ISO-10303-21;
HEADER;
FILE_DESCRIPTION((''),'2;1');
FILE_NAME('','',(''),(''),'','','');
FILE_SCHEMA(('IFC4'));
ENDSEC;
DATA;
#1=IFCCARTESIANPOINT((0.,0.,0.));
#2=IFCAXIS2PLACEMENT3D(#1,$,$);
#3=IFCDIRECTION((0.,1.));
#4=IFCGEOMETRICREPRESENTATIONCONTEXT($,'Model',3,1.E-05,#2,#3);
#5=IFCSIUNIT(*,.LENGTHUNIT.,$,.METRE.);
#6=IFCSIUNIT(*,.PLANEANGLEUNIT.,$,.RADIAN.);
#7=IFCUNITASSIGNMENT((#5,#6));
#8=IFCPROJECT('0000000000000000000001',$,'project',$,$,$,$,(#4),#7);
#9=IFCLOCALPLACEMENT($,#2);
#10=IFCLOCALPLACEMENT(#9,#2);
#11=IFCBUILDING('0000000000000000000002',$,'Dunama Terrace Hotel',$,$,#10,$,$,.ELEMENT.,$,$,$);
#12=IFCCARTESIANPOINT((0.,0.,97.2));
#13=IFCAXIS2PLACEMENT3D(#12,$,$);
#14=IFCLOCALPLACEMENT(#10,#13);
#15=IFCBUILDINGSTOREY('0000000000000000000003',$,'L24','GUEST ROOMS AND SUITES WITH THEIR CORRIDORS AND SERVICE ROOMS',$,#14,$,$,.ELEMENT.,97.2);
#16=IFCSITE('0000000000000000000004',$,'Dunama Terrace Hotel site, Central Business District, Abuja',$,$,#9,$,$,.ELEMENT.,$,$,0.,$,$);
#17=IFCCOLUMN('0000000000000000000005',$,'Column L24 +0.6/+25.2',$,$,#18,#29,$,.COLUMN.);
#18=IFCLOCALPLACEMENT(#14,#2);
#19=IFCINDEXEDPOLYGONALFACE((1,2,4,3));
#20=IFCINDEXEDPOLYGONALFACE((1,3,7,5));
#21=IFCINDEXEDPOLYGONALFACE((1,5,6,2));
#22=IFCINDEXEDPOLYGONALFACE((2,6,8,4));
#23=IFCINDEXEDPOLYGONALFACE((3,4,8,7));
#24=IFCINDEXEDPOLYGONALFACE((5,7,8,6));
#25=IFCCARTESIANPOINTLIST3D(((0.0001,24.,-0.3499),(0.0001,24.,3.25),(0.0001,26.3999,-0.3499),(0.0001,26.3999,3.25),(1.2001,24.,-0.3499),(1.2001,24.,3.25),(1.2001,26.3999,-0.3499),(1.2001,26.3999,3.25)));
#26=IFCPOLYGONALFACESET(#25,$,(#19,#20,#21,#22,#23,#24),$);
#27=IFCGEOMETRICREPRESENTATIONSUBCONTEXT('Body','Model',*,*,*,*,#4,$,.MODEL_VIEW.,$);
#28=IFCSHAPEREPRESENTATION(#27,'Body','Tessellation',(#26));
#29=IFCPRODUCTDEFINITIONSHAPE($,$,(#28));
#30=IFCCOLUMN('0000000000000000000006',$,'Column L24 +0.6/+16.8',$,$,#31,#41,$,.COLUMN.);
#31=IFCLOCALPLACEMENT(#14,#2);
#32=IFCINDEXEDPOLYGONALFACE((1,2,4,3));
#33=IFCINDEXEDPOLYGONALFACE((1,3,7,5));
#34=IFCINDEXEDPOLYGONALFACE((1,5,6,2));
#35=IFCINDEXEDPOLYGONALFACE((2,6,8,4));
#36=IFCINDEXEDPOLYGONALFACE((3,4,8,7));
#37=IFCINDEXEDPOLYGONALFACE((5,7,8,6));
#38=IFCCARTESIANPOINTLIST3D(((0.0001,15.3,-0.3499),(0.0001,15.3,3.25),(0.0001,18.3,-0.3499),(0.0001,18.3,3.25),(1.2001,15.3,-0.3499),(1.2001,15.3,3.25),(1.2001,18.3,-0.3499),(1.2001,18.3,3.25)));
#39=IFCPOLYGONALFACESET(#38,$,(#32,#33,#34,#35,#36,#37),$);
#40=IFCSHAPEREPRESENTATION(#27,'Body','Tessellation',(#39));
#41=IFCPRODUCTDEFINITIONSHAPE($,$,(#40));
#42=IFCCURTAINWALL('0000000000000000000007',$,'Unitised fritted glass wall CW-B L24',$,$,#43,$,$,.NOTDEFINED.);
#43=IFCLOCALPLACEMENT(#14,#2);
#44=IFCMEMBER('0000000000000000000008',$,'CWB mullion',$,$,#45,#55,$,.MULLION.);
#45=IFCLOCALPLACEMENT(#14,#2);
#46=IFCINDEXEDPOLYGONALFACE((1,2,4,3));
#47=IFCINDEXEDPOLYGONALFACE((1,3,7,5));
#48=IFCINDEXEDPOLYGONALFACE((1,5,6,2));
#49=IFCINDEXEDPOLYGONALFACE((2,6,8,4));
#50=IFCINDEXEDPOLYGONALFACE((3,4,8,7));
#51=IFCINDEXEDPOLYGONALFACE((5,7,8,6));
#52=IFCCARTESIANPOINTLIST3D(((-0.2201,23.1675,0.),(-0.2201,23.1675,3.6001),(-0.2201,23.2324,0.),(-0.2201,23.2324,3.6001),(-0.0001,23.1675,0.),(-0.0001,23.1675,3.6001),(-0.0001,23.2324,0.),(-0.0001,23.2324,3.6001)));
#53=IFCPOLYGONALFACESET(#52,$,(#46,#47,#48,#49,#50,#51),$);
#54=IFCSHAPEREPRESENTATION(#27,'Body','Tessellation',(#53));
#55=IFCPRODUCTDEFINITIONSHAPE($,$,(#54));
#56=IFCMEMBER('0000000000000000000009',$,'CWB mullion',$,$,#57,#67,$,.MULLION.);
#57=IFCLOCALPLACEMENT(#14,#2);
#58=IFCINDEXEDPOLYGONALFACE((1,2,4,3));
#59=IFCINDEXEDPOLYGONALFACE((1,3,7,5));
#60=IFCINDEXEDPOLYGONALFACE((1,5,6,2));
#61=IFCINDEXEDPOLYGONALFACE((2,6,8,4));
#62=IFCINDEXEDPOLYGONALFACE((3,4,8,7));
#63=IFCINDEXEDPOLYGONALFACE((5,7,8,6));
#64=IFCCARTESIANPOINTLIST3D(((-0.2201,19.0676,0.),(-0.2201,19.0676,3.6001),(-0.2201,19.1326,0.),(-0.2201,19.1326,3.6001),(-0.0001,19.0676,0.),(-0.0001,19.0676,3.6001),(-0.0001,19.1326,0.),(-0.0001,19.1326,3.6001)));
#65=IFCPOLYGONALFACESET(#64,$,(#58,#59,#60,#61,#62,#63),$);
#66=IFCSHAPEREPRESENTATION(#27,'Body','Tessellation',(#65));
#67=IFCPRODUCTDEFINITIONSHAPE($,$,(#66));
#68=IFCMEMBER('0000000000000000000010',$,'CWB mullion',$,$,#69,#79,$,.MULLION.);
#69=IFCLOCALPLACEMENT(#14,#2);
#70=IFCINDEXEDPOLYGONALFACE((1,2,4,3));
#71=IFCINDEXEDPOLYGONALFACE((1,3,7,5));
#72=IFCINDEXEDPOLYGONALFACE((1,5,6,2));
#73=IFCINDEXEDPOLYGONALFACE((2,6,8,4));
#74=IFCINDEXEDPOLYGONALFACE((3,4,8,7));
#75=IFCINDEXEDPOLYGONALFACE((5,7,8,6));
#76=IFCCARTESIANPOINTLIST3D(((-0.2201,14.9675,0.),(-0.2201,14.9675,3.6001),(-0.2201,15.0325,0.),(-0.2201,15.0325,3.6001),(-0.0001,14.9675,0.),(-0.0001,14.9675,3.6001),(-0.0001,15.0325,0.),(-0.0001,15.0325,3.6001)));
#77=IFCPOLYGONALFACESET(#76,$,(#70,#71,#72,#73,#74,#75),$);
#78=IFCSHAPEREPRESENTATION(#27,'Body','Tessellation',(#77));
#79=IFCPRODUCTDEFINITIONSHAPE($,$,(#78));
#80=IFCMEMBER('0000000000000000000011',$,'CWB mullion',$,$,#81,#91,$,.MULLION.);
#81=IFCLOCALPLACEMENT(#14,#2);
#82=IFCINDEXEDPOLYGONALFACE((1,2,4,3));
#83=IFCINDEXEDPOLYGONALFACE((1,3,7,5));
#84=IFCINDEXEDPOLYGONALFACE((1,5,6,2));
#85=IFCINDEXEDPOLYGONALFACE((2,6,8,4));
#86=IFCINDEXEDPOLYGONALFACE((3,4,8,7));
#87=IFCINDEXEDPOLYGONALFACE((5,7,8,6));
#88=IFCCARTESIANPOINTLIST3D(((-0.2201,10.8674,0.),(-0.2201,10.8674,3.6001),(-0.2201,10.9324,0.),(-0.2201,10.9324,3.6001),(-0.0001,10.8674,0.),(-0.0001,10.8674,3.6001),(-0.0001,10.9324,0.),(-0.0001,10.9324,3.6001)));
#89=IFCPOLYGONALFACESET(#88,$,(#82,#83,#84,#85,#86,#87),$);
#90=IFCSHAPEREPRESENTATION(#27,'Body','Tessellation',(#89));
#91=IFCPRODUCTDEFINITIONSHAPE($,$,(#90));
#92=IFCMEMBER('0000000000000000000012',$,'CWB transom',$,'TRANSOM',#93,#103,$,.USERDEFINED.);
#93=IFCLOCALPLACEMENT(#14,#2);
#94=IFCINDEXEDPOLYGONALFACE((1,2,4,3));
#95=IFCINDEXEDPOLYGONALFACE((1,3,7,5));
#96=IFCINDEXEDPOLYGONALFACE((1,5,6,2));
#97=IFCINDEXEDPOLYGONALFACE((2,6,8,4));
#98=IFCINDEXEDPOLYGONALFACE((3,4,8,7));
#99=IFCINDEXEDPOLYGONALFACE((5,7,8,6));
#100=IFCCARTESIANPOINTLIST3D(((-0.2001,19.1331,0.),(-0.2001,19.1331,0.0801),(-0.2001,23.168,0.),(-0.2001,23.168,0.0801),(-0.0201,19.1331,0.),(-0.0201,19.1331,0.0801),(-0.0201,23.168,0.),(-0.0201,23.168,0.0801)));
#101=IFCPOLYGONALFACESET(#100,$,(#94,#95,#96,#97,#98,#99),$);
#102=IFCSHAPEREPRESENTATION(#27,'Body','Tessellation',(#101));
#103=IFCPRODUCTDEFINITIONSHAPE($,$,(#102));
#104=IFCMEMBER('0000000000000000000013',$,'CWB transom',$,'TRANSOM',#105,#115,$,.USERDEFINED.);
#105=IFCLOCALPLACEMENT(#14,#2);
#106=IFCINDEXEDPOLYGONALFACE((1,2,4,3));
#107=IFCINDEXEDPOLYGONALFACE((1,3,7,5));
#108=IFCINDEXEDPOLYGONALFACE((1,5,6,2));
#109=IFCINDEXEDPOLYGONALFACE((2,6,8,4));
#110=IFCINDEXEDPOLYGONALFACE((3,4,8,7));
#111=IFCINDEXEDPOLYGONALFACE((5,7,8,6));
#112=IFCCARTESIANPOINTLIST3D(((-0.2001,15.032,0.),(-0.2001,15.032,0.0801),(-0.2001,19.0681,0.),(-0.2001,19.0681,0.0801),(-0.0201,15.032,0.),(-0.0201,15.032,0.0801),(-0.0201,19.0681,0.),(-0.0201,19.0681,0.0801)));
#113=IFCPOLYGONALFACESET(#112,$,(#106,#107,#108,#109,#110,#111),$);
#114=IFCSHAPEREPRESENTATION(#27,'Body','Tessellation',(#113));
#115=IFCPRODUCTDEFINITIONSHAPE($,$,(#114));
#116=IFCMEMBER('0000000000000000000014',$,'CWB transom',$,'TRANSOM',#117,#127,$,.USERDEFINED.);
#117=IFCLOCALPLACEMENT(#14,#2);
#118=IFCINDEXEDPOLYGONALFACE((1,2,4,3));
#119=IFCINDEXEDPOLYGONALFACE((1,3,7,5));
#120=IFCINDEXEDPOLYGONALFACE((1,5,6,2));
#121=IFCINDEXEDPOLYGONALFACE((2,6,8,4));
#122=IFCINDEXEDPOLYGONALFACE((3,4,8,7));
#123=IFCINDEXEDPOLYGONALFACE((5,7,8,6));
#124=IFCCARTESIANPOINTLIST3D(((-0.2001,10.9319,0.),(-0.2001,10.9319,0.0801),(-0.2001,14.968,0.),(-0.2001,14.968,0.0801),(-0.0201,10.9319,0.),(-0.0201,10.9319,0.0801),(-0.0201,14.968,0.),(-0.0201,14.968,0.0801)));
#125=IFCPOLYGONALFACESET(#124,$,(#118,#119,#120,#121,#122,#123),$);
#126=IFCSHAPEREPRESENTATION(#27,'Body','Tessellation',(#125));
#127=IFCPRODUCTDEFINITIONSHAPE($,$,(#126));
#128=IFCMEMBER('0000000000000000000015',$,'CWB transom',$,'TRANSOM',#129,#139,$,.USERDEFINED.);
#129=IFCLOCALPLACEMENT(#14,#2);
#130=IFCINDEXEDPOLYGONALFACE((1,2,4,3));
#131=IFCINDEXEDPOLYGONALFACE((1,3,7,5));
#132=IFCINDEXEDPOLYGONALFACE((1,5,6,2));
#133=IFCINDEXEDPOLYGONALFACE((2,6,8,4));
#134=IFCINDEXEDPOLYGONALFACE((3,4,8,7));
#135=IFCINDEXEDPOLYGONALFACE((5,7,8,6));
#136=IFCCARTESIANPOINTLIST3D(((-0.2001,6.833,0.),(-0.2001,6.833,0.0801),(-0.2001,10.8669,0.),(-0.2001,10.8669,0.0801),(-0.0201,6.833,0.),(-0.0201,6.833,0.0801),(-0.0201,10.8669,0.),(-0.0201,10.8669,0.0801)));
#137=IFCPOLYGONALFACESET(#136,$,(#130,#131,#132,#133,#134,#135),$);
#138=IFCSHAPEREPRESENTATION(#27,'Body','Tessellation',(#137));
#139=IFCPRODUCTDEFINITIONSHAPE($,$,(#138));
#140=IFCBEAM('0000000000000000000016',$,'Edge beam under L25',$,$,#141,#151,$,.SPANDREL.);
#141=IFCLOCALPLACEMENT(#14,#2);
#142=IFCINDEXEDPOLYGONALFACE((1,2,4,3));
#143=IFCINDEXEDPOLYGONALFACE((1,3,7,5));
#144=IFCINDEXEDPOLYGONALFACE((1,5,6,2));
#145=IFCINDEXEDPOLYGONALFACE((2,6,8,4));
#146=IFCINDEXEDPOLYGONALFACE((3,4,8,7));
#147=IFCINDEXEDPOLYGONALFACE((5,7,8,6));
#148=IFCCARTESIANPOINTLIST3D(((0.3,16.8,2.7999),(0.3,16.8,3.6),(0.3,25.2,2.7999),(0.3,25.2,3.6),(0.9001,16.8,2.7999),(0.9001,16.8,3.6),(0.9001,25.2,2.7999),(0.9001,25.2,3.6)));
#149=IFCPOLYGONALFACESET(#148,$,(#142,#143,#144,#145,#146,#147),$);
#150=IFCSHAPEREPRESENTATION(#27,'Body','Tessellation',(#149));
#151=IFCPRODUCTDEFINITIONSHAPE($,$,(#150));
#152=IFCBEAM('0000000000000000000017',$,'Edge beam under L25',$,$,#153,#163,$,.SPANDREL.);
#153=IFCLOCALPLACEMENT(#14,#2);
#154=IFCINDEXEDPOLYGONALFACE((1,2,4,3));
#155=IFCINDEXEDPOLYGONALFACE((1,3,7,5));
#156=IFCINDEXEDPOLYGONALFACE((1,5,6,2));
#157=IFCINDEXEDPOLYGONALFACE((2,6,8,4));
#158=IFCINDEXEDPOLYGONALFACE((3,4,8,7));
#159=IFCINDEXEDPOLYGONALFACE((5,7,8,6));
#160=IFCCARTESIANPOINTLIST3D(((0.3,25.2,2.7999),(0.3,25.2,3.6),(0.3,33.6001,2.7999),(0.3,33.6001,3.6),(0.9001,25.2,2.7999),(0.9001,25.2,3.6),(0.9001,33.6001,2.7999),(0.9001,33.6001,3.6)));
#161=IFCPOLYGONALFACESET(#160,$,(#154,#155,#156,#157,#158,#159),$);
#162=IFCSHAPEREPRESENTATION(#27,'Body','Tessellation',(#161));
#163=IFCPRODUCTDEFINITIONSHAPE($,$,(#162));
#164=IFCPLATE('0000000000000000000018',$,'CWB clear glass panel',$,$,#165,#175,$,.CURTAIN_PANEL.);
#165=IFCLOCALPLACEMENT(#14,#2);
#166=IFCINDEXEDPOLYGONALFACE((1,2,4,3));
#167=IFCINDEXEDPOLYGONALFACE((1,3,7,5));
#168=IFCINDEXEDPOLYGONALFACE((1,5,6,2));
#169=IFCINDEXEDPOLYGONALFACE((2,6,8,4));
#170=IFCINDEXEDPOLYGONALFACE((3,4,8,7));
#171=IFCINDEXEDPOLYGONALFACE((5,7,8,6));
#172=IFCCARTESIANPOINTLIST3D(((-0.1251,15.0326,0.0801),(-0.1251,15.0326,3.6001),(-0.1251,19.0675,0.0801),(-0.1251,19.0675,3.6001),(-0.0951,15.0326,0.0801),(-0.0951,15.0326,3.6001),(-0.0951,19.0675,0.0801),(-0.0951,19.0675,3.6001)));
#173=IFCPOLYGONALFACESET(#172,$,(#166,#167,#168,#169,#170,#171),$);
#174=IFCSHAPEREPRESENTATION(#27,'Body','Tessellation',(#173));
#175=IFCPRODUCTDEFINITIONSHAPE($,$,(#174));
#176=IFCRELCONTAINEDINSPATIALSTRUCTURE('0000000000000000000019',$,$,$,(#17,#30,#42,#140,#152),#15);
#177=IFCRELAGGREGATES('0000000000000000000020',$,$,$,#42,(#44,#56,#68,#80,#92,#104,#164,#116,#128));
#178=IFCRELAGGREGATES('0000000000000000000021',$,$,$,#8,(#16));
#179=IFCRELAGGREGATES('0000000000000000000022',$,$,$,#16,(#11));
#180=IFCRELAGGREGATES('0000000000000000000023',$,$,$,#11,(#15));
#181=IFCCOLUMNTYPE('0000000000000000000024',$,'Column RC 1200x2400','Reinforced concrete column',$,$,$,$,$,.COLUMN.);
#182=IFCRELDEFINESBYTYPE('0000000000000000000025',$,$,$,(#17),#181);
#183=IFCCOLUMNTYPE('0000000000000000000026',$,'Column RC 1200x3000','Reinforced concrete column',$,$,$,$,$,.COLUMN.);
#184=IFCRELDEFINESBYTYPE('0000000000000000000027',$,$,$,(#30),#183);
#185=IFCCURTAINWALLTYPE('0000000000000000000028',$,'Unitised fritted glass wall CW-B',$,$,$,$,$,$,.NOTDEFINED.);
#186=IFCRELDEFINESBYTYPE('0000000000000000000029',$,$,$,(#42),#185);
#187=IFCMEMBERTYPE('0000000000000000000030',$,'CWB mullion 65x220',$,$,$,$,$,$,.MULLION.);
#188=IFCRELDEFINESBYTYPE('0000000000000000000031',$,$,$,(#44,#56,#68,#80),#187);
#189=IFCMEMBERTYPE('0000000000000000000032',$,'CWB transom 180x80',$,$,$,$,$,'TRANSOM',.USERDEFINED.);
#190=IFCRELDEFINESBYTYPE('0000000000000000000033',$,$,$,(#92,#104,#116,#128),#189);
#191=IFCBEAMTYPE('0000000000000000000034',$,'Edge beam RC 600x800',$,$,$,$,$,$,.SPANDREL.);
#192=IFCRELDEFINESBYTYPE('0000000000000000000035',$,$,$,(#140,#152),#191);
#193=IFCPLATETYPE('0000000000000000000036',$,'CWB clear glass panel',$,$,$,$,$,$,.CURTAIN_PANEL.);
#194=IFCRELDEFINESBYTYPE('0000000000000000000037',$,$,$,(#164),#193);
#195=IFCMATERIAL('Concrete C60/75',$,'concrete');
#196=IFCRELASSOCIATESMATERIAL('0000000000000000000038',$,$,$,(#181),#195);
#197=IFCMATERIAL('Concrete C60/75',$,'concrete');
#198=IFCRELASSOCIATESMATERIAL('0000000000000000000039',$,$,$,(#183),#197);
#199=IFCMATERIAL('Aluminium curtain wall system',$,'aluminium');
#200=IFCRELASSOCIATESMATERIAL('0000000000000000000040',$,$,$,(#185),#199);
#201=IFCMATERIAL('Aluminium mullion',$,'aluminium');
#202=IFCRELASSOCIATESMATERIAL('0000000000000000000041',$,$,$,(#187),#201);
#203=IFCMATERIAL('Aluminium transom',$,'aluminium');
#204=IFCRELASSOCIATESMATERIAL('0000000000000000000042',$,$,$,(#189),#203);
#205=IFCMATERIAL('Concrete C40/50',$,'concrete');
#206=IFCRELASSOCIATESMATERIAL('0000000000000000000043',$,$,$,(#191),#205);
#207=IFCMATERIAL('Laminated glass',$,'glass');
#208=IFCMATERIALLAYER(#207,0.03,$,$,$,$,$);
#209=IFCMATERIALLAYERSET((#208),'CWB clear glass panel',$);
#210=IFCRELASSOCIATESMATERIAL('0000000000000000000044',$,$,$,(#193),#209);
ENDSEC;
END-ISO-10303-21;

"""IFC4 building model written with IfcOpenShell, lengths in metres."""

from ifc_helpers import new_model, si_unit, direction, frame, origin, origin_2d, place, context, subcontext, project, spatial, rectangle, extrude, material, layer, layer_set, material_profile, profile_set, type_object, element, aggregate, save


model = new_model("IFC4")

# Units and contexts
model_context = context("Model", 3, precision=1e-05, world=origin(), true_north=direction((0.0, 1.0)))
body_context = subcontext(model_context, "Body", "Model", "MODEL_VIEW")
ifc_project = project(units=[si_unit("LENGTHUNIT", "METRE"), si_unit("PLANEANGLEUNIT", "RADIAN")], contexts=[model_context])

# Site, building, storey
site_placement = place(None, origin())
site = spatial("IfcSite", under=ifc_project, at=site_placement, Name="Dunama Terrace Hotel site, Central Business District, Abuja", CompositionType="ELEMENT", RefElevation=0.0)
building_placement = place(site_placement, origin())
building = spatial("IfcBuilding", under=site, at=building_placement, Name="Dunama Terrace Hotel", CompositionType="ELEMENT")
storey_placement = place(building_placement, frame((0.0, 0.0, 97.2)))
storey = spatial("IfcBuildingStorey", under=building, at=storey_placement, Name="L24", Description="GUEST ROOMS AND SUITES WITH THEIR CORRIDORS AND SERVICE ROOMS", CompositionType="ELEMENT", Elevation=97.2)

# Columns
ifc_material_1 = material(Name="Concrete C60/75", Category="concrete")
ifc_material_profile_1 = material_profile(ifc_material_1, rectangle(XDim=1.2, YDim=2.3999, at=origin_2d()), Name="RC 1200x2400")
ifc_profile_set_1 = profile_set([ifc_material_profile_1], Name="Concrete C60/75")
column_type_1 = type_object("IfcColumnType", Name="Column RC 1200x2400", Description="Reinforced concrete column", PredefinedType="COLUMN", material=ifc_profile_set_1)
column_1_placement = place(storey_placement, frame((0.6001, 25.2, -0.3499), z_axis=(0.0, 0.0, 1.0), x_axis=(1.0, 0.0, 0.0)))
element("IfcColumn", 1, at=column_1_placement, inside=storey, type_object=column_type_1, Name="Column L24 +0.6/+25.2", PredefinedType="COLUMN", context=body_context, shape_type="SweptSolid", body=[
    extrude(rectangle(XDim=1.2, YDim=2.3999, at=origin_2d()), origin(), (0.0, 0.0, 1.0), 3.5999),
])
ifc_material_2 = material(Name="Concrete C60/75", Category="concrete")
ifc_material_profile_2 = material_profile(ifc_material_2, rectangle(XDim=1.2, YDim=3.0, at=origin_2d()), Name="RC 1200x3000")
ifc_profile_set_2 = profile_set([ifc_material_profile_2], Name="Concrete C60/75")
column_type_2 = type_object("IfcColumnType", Name="Column RC 1200x3000", Description="Reinforced concrete column", PredefinedType="COLUMN", material=ifc_profile_set_2)
column_2_placement = place(storey_placement, frame((0.6001, 16.8, -0.3499), z_axis=(0.0, 0.0, 1.0), x_axis=(1.0, 0.0, 0.0)))
element("IfcColumn", 2, at=column_2_placement, inside=storey, type_object=column_type_2, Name="Column L24 +0.6/+16.8", PredefinedType="COLUMN", context=body_context, shape_type="SweptSolid", body=[
    extrude(rectangle(XDim=1.2, YDim=3.0, at=origin_2d()), origin(), (0.0, 0.0, 1.0), 3.5999),
])

# Curtain wall, members
ifc_material_3 = material(Name="Aluminium curtain wall system", Category="aluminium")
curtain_wall_type = type_object("IfcCurtainWallType", Name="Unitised fritted glass wall CW-B", PredefinedType="NOTDEFINED", material=ifc_material_3)
curtain_wall_placement = place(storey_placement, origin())
curtain_wall = element("IfcCurtainWall", 3, at=curtain_wall_placement, inside=storey, type_object=curtain_wall_type, Name="Unitised fritted glass wall CW-B L24", PredefinedType="NOTDEFINED")
ifc_material_4 = material(Name="Aluminium mullion", Category="aluminium")
ifc_material_profile_3 = material_profile(ifc_material_4, rectangle(XDim=0.0649, YDim=0.22, at=origin_2d()), Name="CWB MULLION 65X220")
ifc_profile_set_3 = profile_set([ifc_material_profile_3], Name="Aluminium mullion")
member_type_1 = type_object("IfcMemberType", Name="CWB mullion 65x220", PredefinedType="MULLION", material=ifc_profile_set_3)
member_1_placement = place(storey_placement, frame((-0.1101, 23.2, 0.0), z_axis=(0.0, 0.0, 1.0), x_axis=(0.0, -1.0, 0.0)))
member_1 = element("IfcMember", 4, at=member_1_placement, type_object=member_type_1, Name="CWB mullion", PredefinedType="MULLION", context=body_context, shape_type="SweptSolid", body=[
    extrude(rectangle(XDim=0.0649, YDim=0.22, at=origin_2d()), origin(), (0.0, 0.0, 1.0), 3.6001),
])
member_2_placement = place(storey_placement, frame((-0.1101, 19.1001, 0.0), z_axis=(0.0, 0.0, 1.0), x_axis=(0.0, -1.0, 0.0)))
member_2 = element("IfcMember", 5, at=member_2_placement, type_object=member_type_1, Name="CWB mullion", PredefinedType="MULLION", context=body_context, shape_type="SweptSolid", body=[
    extrude(rectangle(XDim=0.0649, YDim=0.22, at=origin_2d()), origin(), (0.0, 0.0, 1.0), 3.6001),
])
member_3_placement = place(storey_placement, frame((-0.1101, 15.0, 0.0), z_axis=(0.0, 0.0, 1.0), x_axis=(0.0, -1.0, 0.0)))
member_3 = element("IfcMember", 6, at=member_3_placement, type_object=member_type_1, Name="CWB mullion", PredefinedType="MULLION", context=body_context, shape_type="SweptSolid", body=[
    extrude(rectangle(XDim=0.0649, YDim=0.22, at=origin_2d()), origin(), (0.0, 0.0, 1.0), 3.6001),
])
member_4_placement = place(storey_placement, frame((-0.1101, 10.8999, 0.0), z_axis=(0.0, 0.0, 1.0), x_axis=(0.0, -1.0, 0.0)))
member_4 = element("IfcMember", 7, at=member_4_placement, type_object=member_type_1, Name="CWB mullion", PredefinedType="MULLION", context=body_context, shape_type="SweptSolid", body=[
    extrude(rectangle(XDim=0.0649, YDim=0.22, at=origin_2d()), origin(), (0.0, 0.0, 1.0), 3.6001),
])
ifc_material_5 = material(Name="Aluminium transom", Category="aluminium")
ifc_material_profile_4 = material_profile(ifc_material_5, rectangle(XDim=0.1799, YDim=0.0801, at=origin_2d()), Name="CWB TRANSOM 180X80")
ifc_profile_set_4 = profile_set([ifc_material_profile_4], Name="Aluminium transom")
member_type_2 = type_object("IfcMemberType", Name="CWB transom 180x80", ElementType="TRANSOM", PredefinedType="USERDEFINED", material=ifc_profile_set_4)
member_5_placement = place(storey_placement, frame((-0.1101, 23.168, 0.04), z_axis=(0.0, -1.0, 0.0), x_axis=(1.0, 0.0, 0.0)))
member_5 = element("IfcMember", 8, at=member_5_placement, type_object=member_type_2, Name="CWB transom", ObjectType="TRANSOM", PredefinedType="USERDEFINED", context=body_context, shape_type="SweptSolid", body=[
    extrude(rectangle(XDim=0.1799, YDim=0.0801, at=origin_2d()), origin(), (0.0, 0.0, 1.0), 4.0349),
])
member_6_placement = place(storey_placement, frame((-0.1101, 19.0681, 0.04), z_axis=(0.0, -1.0, 0.0), x_axis=(1.0, 0.0, 0.0)))
member_6 = element("IfcMember", 9, at=member_6_placement, type_object=member_type_2, Name="CWB transom", ObjectType="TRANSOM", PredefinedType="USERDEFINED", context=body_context, shape_type="SweptSolid", body=[
    extrude(rectangle(XDim=0.1799, YDim=0.0801, at=origin_2d()), origin(), (0.0, 0.0, 1.0), 4.0361),
])
member_7_placement = place(storey_placement, frame((-0.1101, 14.968, 0.04), z_axis=(0.0, -1.0, 0.0), x_axis=(1.0, 0.0, 0.0)))
member_7 = element("IfcMember", 10, at=member_7_placement, type_object=member_type_2, Name="CWB transom", ObjectType="TRANSOM", PredefinedType="USERDEFINED", context=body_context, shape_type="SweptSolid", body=[
    extrude(rectangle(XDim=0.1799, YDim=0.0801, at=origin_2d()), origin(), (0.0, 0.0, 1.0), 4.0361),
])
member_8_placement = place(storey_placement, frame((-0.1101, 10.8669, 0.04), z_axis=(0.0, -1.0, 0.0), x_axis=(1.0, 0.0, 0.0)))
member_8 = element("IfcMember", 11, at=member_8_placement, type_object=member_type_2, Name="CWB transom", ObjectType="TRANSOM", PredefinedType="USERDEFINED", context=body_context, shape_type="SweptSolid", body=[
    extrude(rectangle(XDim=0.1799, YDim=0.0801, at=origin_2d()), origin(), (0.0, 0.0, 1.0), 4.0339),
])

# Beams
ifc_material_6 = material(Name="Concrete C40/50", Category="concrete")
ifc_material_profile_5 = material_profile(ifc_material_6, rectangle(XDim=0.6001, YDim=0.8, at=origin_2d()), Name="RC 600x800")
ifc_profile_set_5 = profile_set([ifc_material_profile_5], Name="Concrete C40/50")
beam_type = type_object("IfcBeamType", Name="Edge beam RC 600x800", PredefinedType="SPANDREL", material=ifc_profile_set_5)
beam_1_placement = place(storey_placement, frame((0.6001, 16.8, 3.2), z_axis=(0.0, 1.0, 0.0), x_axis=(-1.0, 0.0, 0.0)))
element("IfcBeam", 12, at=beam_1_placement, inside=storey, type_object=beam_type, Name="Edge beam under L25", PredefinedType="SPANDREL", context=body_context, shape_type="SweptSolid", body=[
    extrude(rectangle(XDim=0.6001, YDim=0.8, at=origin_2d()), origin(), (0.0, 0.0, 1.0), 8.3999),
])
beam_2_placement = place(storey_placement, frame((0.6001, 25.2, 3.2), z_axis=(0.0, 1.0, 0.0), x_axis=(-1.0, 0.0, 0.0)))
element("IfcBeam", 13, at=beam_2_placement, inside=storey, type_object=beam_type, Name="Edge beam under L25", PredefinedType="SPANDREL", context=body_context, shape_type="SweptSolid", body=[
    extrude(rectangle(XDim=0.6001, YDim=0.8, at=origin_2d()), origin(), (0.0, 0.0, 1.0), 8.4001),
])

# Plate
ifc_material_7 = material(Name="Laminated glass", Category="glass")
ifc_layer_1 = layer(ifc_material_7, 0.03)
ifc_layer_set_1 = layer_set([ifc_layer_1], Name="CWB clear glass panel")
plate_type_1 = type_object("IfcPlateType", Name="CWB clear glass panel", PredefinedType="CURTAIN_PANEL", material=ifc_layer_set_1)
plate_1_placement = place(storey_placement, frame((-0.1101, 17.05, 0.0801), z_axis=(0.0, 0.0, 1.0), x_axis=(0.0, -1.0, 0.0)))
plate_1 = element("IfcPlate", 14, at=plate_1_placement, type_object=plate_type_1, Name="CWB clear glass panel", PredefinedType="CURTAIN_PANEL", context=body_context, shape_type="SweptSolid", body=[
    extrude(rectangle(XDim=4.0349, YDim=0.03, at=origin_2d()), origin(), (0.0, 0.0, 1.0), 3.52),
])
aggregate(curtain_wall, [member_1, member_2, member_3, member_4, member_5, member_6, plate_1, member_7, member_8])

save(model, "model.ifc")
